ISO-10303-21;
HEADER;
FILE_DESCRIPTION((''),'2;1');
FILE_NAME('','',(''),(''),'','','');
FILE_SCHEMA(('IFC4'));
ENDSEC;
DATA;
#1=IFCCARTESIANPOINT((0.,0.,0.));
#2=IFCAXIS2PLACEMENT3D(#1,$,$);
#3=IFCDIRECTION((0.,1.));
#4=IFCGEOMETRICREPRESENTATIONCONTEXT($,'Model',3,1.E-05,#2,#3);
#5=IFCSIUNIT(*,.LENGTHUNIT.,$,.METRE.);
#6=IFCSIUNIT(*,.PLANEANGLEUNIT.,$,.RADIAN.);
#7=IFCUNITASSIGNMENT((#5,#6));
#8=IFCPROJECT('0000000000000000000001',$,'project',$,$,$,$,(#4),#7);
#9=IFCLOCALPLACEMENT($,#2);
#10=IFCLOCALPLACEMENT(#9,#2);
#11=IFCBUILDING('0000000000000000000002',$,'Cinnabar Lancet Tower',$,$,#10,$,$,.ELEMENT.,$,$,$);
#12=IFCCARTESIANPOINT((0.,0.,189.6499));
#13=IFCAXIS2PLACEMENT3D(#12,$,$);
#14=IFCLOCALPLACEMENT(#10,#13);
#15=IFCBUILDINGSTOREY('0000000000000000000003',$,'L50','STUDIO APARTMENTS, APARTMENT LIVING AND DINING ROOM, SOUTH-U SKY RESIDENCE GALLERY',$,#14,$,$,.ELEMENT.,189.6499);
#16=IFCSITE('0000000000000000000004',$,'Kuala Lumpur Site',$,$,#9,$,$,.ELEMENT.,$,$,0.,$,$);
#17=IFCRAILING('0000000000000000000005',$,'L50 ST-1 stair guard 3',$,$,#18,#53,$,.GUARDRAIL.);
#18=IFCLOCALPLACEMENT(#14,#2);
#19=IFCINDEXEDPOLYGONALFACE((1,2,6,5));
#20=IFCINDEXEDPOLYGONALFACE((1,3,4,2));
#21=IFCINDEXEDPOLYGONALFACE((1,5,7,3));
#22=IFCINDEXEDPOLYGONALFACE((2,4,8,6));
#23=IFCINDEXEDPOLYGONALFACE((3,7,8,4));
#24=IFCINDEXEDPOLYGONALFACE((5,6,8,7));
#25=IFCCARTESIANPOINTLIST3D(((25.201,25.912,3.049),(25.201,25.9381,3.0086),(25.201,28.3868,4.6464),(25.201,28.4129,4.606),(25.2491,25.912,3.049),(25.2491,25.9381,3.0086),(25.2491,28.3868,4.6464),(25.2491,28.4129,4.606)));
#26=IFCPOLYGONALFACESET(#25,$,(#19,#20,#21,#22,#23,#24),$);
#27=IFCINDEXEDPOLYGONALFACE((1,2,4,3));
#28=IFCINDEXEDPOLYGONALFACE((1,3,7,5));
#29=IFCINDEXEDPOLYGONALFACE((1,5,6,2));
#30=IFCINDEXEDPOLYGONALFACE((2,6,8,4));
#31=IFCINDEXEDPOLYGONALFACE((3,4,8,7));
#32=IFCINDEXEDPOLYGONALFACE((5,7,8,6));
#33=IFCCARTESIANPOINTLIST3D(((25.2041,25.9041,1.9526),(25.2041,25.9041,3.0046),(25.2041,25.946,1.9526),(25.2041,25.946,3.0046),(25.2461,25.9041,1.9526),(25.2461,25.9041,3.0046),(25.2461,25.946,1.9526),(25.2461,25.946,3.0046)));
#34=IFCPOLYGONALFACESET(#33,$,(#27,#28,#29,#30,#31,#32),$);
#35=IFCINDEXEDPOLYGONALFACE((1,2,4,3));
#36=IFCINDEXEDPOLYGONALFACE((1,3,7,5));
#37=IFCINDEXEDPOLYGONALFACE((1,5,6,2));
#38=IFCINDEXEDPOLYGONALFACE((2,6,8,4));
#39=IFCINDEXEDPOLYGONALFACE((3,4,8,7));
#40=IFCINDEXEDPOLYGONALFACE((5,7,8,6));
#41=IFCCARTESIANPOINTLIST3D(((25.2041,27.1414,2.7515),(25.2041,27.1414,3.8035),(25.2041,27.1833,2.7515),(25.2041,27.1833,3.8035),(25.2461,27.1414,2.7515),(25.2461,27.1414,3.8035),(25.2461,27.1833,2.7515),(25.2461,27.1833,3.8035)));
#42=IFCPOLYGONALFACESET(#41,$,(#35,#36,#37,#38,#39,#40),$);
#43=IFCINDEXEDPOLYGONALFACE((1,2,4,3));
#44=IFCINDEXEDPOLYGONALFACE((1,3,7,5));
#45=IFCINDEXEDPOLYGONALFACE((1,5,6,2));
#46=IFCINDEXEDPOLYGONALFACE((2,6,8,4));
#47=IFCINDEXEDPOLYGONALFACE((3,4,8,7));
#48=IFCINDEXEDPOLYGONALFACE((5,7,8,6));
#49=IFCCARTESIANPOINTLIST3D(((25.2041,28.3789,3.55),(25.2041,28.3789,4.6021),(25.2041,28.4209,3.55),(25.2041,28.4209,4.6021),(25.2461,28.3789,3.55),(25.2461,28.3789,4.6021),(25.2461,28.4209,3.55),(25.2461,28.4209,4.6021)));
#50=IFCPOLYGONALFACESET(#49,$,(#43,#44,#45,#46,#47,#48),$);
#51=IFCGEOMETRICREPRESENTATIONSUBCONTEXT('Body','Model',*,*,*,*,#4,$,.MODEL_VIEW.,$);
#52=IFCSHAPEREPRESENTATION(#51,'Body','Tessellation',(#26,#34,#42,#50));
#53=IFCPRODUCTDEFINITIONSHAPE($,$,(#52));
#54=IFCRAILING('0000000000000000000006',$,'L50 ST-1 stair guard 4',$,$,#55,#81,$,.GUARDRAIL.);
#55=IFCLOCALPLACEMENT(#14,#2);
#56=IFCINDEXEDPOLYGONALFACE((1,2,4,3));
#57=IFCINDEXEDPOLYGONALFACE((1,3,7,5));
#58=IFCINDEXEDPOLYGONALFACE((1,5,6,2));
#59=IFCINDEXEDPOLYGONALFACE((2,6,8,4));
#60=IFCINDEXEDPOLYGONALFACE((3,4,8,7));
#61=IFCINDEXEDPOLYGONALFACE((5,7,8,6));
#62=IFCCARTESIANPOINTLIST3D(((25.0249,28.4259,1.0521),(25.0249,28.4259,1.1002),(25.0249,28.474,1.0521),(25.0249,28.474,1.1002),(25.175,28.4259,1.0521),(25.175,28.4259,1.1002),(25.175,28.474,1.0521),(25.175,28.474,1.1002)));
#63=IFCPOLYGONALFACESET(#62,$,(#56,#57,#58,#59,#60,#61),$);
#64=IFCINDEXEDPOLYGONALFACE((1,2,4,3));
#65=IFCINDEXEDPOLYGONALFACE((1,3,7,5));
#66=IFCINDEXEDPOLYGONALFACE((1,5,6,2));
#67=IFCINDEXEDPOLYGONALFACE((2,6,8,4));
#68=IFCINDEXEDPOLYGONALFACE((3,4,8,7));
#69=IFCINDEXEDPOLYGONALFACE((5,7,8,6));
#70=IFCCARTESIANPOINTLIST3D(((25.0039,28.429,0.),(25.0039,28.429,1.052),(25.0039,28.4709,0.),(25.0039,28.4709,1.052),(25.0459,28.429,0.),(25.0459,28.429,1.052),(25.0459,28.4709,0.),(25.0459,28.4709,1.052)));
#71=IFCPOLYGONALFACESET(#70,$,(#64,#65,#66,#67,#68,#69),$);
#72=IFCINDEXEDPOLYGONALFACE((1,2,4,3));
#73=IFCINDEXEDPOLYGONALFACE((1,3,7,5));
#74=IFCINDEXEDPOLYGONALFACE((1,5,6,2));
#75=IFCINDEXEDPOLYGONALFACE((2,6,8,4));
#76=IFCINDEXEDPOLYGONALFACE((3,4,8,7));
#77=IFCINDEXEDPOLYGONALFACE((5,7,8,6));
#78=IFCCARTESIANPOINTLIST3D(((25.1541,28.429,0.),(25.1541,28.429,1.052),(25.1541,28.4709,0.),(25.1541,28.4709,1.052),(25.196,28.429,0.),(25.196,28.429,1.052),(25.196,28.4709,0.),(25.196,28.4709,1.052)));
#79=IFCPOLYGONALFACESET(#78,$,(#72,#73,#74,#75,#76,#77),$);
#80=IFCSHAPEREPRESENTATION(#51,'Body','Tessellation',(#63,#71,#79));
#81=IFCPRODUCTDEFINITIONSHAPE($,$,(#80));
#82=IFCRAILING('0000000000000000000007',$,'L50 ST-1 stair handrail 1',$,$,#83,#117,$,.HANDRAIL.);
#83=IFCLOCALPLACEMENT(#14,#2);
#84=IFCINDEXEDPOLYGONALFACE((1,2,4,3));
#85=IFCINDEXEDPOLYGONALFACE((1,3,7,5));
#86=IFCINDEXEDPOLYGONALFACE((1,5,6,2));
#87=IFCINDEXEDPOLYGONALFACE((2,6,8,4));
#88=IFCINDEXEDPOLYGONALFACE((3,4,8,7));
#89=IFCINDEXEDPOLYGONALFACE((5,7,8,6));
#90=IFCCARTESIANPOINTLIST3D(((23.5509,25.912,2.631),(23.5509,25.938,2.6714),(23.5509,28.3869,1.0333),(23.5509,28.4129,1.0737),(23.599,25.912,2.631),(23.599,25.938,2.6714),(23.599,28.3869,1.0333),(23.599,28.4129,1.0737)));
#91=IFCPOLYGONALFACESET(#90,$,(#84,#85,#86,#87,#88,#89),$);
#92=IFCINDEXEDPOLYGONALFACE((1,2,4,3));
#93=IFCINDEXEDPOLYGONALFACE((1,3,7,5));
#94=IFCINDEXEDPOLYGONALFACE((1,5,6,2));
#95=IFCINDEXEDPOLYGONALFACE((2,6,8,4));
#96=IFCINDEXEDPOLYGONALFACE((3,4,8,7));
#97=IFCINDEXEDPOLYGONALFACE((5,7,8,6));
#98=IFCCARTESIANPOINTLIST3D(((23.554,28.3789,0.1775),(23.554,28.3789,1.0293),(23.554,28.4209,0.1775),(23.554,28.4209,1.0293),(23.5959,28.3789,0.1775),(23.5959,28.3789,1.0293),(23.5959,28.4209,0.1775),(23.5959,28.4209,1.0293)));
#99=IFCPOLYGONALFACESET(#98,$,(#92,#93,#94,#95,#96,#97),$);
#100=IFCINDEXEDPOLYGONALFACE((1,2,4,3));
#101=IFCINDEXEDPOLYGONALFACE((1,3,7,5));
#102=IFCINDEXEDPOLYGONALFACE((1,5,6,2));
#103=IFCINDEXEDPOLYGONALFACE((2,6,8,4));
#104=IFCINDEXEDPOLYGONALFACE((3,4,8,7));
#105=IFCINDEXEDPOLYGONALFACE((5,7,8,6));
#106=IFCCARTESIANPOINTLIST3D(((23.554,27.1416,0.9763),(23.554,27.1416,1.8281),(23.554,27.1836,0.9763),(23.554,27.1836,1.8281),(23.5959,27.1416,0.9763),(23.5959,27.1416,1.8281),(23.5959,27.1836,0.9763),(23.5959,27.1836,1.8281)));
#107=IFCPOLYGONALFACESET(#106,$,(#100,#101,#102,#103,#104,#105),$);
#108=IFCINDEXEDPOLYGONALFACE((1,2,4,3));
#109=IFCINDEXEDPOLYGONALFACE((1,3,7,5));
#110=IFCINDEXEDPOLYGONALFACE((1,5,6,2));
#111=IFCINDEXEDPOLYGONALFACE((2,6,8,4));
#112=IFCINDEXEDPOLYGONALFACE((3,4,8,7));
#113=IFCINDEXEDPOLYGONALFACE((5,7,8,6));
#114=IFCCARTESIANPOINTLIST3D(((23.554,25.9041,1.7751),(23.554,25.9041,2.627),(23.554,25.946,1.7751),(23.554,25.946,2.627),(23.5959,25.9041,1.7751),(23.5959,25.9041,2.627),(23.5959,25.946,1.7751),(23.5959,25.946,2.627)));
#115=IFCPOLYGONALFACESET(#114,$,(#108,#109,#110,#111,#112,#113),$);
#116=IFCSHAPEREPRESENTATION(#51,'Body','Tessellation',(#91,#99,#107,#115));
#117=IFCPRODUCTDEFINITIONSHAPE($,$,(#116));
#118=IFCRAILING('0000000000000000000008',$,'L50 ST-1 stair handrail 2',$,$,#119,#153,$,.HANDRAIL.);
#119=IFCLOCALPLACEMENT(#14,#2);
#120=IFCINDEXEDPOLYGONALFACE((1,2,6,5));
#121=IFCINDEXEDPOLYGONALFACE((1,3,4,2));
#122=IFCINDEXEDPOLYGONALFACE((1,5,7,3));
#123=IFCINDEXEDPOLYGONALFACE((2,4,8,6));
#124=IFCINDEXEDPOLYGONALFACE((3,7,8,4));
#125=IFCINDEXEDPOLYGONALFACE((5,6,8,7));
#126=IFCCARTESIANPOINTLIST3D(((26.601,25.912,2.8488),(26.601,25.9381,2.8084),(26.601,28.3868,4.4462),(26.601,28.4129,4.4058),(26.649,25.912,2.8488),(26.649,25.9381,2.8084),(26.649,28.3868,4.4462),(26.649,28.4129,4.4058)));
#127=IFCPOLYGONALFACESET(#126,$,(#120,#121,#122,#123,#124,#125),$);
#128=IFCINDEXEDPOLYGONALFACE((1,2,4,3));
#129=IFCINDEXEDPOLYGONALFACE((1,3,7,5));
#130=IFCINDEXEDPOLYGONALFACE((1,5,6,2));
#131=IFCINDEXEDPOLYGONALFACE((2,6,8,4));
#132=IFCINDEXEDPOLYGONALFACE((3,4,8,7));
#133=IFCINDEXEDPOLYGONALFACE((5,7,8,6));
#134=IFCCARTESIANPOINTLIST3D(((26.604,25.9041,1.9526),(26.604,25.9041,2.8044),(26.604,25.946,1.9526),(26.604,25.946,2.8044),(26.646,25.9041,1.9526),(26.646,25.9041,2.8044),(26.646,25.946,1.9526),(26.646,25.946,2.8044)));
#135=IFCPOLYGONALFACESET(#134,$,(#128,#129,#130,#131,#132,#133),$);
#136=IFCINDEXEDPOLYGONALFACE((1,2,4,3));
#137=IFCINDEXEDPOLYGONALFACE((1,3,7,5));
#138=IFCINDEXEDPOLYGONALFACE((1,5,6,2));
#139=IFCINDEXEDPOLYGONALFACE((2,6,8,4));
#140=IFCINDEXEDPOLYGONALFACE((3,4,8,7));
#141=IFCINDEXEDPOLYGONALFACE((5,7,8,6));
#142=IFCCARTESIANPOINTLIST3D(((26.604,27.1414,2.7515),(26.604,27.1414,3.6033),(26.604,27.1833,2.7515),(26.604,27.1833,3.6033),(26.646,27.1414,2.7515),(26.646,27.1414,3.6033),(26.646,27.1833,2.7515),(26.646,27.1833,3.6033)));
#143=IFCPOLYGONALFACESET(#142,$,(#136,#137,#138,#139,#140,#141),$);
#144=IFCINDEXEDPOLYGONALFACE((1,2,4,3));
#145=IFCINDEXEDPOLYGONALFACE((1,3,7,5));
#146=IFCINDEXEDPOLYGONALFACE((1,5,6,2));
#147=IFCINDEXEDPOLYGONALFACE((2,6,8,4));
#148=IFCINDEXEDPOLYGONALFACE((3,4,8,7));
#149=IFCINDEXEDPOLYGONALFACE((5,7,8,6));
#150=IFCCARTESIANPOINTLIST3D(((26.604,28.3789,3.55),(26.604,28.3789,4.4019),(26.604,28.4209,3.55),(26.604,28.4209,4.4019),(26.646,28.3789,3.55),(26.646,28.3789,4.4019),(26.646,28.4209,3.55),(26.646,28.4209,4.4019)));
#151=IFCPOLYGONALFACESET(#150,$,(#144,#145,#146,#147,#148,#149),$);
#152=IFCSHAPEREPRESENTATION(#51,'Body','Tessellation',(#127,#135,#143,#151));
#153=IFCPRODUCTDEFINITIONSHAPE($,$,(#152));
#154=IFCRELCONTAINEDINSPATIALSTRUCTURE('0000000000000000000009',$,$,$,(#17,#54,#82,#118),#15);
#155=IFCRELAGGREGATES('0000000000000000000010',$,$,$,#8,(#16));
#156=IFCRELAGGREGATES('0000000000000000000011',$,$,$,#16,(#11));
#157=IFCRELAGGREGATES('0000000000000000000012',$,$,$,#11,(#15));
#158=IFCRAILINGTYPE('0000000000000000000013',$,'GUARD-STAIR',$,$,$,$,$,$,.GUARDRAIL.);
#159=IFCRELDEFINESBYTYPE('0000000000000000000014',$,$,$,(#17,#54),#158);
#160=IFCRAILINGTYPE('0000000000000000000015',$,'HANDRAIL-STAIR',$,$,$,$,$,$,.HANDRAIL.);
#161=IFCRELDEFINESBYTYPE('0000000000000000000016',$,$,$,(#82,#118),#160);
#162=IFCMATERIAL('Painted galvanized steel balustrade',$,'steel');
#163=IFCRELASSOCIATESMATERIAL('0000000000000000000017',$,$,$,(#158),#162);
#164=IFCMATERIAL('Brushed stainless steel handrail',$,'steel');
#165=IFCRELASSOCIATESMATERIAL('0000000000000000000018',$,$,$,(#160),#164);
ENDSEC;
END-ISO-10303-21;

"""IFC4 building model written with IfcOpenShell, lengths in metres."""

from ifc_helpers import new_model, si_unit, direction, frame, origin, origin_2d, place, context, subcontext, project, spatial, rectangle, extrude, material, type_object, element, save


model = new_model("IFC4")

# Units and contexts
model_context = context("Model", 3, precision=1e-05, world=origin(), true_north=direction((0.0, 1.0)))
body_context = subcontext(model_context, "Body", "Model", "MODEL_VIEW")
ifc_project = project(units=[si_unit("LENGTHUNIT", "METRE"), si_unit("PLANEANGLEUNIT", "RADIAN")], contexts=[model_context])

# Site, building, storey
site_placement = place(None, origin())
site = spatial("IfcSite", under=ifc_project, at=site_placement, Name="Kuala Lumpur Site", CompositionType="ELEMENT", RefElevation=0.0)
building_placement = place(site_placement, origin())
building = spatial("IfcBuilding", under=site, at=building_placement, Name="Cinnabar Lancet Tower", CompositionType="ELEMENT")
storey_placement = place(building_placement, frame((0.0, 0.0, 189.6499)))
storey = spatial("IfcBuildingStorey", under=building, at=storey_placement, Name="L50", Description="STUDIO APARTMENTS, APARTMENT LIVING AND DINING ROOM, SOUTH-U SKY RESIDENCE GALLERY", CompositionType="ELEMENT", Elevation=189.6499)

# Railings
ifc_material_1 = material(Name="Painted galvanized steel balustrade", Category="steel")
railing_type_1 = type_object("IfcRailingType", Name="GUARD-STAIR", PredefinedType="GUARDRAIL", material=ifc_material_1)
railing_1_placement = place(storey_placement, frame((25.2251, 25.925, 1.9526)))
element("IfcRailing", 1, at=railing_1_placement, inside=storey, type_object=railing_type_1, Name="L50 ST-1 stair guard 3", PredefinedType="GUARDRAIL", context=body_context, shape_type="SweptSolid", body=[
    extrude(rectangle(XDim=0.0481, YDim=0.0481, at=origin_2d()), frame((0.0, 0.0, 1.0762), z_axis=(0.0, 0.840183, 0.542302), x_axis=(-1.0, 0.0, 0.0)), (0.0, 0.0, 1.0), 2.9456),
    extrude(rectangle(XDim=0.042, YDim=0.042, at=origin_2d()), origin(), (0.0, 0.0, 1.0), 1.052),
    extrude(rectangle(XDim=0.042, YDim=0.042, at=origin_2d()), frame((0.0, 1.2373, 0.7988)), (0.0, 0.0, 1.0), 1.052),
    extrude(rectangle(XDim=0.042, YDim=0.042, at=origin_2d()), frame((0.0, 2.4749, 1.5974)), (0.0, 0.0, 1.0), 1.052),
])
railing_2_placement = place(storey_placement, frame((25.0249, 28.45, 0.0)))
element("IfcRailing", 2, at=railing_2_placement, inside=storey, type_object=railing_type_1, Name="L50 ST-1 stair guard 4", PredefinedType="GUARDRAIL", context=body_context, shape_type="SweptSolid", body=[
    extrude(rectangle(XDim=0.0481, YDim=0.0481, at=origin_2d()), frame((0.0, 0.0, 1.0762), z_axis=(1.0, 0.0, 0.0), x_axis=(0.0, 1.0, 0.0)), (0.0, 0.0, 1.0), 0.1501),
    extrude(rectangle(XDim=0.042, YDim=0.042, at=origin_2d()), origin(), (0.0, 0.0, 1.0), 1.052),
    extrude(rectangle(XDim=0.042, YDim=0.042, at=origin_2d()), frame((0.1501, 0.0, 0.0)), (0.0, 0.0, 1.0), 1.052),
])
ifc_material_2 = material(Name="Brushed stainless steel handrail", Category="steel")
railing_type_2 = type_object("IfcRailingType", Name="HANDRAIL-STAIR", PredefinedType="HANDRAIL", material=ifc_material_2)
railing_3_placement = place(storey_placement, frame((23.575, 28.3999, 0.1775)))
element("IfcRailing", 3, at=railing_3_placement, inside=storey, type_object=railing_type_2, Name="L50 ST-1 stair handrail 1", PredefinedType="HANDRAIL", context=body_context, shape_type="SweptSolid", body=[
    extrude(rectangle(XDim=0.0481, YDim=0.0481, at=origin_2d()), frame((0.0, 0.0, 0.876), z_axis=(0.0, -0.840146, 0.542361), x_axis=(1.0, 0.0, 0.0)), (0.0, 0.0, 1.0), 2.9458),
    extrude(rectangle(XDim=0.042, YDim=0.042, at=origin_2d()), origin(), (0.0, 0.0, 1.0), 0.8518),
    extrude(rectangle(XDim=0.042, YDim=0.042, at=origin_2d()), frame((0.0, -1.2373, 0.7988)), (0.0, 0.0, 1.0), 0.8518),
    extrude(rectangle(XDim=0.042, YDim=0.042, at=origin_2d()), frame((0.0, -2.4749, 1.5977)), (0.0, 0.0, 1.0), 0.8518),
])
railing_4_placement = place(storey_placement, frame((26.625, 25.925, 1.9526)))
element("IfcRailing", 4, at=railing_4_placement, inside=storey, type_object=railing_type_2, Name="L50 ST-1 stair handrail 2", PredefinedType="HANDRAIL", context=body_context, shape_type="SweptSolid", body=[
    extrude(rectangle(XDim=0.0481, YDim=0.0481, at=origin_2d()), frame((0.0, 0.0, 0.876), z_axis=(0.0, 0.840183, 0.542302), x_axis=(-1.0, 0.0, 0.0)), (0.0, 0.0, 1.0), 2.9456),
    extrude(rectangle(XDim=0.042, YDim=0.042, at=origin_2d()), origin(), (0.0, 0.0, 1.0), 0.8518),
    extrude(rectangle(XDim=0.042, YDim=0.042, at=origin_2d()), frame((0.0, 1.2373, 0.7988)), (0.0, 0.0, 1.0), 0.8518),
    extrude(rectangle(XDim=0.042, YDim=0.042, at=origin_2d()), frame((0.0, 2.4749, 1.5974)), (0.0, 0.0, 1.0), 0.8518),
])

save(model, "model.ifc")
